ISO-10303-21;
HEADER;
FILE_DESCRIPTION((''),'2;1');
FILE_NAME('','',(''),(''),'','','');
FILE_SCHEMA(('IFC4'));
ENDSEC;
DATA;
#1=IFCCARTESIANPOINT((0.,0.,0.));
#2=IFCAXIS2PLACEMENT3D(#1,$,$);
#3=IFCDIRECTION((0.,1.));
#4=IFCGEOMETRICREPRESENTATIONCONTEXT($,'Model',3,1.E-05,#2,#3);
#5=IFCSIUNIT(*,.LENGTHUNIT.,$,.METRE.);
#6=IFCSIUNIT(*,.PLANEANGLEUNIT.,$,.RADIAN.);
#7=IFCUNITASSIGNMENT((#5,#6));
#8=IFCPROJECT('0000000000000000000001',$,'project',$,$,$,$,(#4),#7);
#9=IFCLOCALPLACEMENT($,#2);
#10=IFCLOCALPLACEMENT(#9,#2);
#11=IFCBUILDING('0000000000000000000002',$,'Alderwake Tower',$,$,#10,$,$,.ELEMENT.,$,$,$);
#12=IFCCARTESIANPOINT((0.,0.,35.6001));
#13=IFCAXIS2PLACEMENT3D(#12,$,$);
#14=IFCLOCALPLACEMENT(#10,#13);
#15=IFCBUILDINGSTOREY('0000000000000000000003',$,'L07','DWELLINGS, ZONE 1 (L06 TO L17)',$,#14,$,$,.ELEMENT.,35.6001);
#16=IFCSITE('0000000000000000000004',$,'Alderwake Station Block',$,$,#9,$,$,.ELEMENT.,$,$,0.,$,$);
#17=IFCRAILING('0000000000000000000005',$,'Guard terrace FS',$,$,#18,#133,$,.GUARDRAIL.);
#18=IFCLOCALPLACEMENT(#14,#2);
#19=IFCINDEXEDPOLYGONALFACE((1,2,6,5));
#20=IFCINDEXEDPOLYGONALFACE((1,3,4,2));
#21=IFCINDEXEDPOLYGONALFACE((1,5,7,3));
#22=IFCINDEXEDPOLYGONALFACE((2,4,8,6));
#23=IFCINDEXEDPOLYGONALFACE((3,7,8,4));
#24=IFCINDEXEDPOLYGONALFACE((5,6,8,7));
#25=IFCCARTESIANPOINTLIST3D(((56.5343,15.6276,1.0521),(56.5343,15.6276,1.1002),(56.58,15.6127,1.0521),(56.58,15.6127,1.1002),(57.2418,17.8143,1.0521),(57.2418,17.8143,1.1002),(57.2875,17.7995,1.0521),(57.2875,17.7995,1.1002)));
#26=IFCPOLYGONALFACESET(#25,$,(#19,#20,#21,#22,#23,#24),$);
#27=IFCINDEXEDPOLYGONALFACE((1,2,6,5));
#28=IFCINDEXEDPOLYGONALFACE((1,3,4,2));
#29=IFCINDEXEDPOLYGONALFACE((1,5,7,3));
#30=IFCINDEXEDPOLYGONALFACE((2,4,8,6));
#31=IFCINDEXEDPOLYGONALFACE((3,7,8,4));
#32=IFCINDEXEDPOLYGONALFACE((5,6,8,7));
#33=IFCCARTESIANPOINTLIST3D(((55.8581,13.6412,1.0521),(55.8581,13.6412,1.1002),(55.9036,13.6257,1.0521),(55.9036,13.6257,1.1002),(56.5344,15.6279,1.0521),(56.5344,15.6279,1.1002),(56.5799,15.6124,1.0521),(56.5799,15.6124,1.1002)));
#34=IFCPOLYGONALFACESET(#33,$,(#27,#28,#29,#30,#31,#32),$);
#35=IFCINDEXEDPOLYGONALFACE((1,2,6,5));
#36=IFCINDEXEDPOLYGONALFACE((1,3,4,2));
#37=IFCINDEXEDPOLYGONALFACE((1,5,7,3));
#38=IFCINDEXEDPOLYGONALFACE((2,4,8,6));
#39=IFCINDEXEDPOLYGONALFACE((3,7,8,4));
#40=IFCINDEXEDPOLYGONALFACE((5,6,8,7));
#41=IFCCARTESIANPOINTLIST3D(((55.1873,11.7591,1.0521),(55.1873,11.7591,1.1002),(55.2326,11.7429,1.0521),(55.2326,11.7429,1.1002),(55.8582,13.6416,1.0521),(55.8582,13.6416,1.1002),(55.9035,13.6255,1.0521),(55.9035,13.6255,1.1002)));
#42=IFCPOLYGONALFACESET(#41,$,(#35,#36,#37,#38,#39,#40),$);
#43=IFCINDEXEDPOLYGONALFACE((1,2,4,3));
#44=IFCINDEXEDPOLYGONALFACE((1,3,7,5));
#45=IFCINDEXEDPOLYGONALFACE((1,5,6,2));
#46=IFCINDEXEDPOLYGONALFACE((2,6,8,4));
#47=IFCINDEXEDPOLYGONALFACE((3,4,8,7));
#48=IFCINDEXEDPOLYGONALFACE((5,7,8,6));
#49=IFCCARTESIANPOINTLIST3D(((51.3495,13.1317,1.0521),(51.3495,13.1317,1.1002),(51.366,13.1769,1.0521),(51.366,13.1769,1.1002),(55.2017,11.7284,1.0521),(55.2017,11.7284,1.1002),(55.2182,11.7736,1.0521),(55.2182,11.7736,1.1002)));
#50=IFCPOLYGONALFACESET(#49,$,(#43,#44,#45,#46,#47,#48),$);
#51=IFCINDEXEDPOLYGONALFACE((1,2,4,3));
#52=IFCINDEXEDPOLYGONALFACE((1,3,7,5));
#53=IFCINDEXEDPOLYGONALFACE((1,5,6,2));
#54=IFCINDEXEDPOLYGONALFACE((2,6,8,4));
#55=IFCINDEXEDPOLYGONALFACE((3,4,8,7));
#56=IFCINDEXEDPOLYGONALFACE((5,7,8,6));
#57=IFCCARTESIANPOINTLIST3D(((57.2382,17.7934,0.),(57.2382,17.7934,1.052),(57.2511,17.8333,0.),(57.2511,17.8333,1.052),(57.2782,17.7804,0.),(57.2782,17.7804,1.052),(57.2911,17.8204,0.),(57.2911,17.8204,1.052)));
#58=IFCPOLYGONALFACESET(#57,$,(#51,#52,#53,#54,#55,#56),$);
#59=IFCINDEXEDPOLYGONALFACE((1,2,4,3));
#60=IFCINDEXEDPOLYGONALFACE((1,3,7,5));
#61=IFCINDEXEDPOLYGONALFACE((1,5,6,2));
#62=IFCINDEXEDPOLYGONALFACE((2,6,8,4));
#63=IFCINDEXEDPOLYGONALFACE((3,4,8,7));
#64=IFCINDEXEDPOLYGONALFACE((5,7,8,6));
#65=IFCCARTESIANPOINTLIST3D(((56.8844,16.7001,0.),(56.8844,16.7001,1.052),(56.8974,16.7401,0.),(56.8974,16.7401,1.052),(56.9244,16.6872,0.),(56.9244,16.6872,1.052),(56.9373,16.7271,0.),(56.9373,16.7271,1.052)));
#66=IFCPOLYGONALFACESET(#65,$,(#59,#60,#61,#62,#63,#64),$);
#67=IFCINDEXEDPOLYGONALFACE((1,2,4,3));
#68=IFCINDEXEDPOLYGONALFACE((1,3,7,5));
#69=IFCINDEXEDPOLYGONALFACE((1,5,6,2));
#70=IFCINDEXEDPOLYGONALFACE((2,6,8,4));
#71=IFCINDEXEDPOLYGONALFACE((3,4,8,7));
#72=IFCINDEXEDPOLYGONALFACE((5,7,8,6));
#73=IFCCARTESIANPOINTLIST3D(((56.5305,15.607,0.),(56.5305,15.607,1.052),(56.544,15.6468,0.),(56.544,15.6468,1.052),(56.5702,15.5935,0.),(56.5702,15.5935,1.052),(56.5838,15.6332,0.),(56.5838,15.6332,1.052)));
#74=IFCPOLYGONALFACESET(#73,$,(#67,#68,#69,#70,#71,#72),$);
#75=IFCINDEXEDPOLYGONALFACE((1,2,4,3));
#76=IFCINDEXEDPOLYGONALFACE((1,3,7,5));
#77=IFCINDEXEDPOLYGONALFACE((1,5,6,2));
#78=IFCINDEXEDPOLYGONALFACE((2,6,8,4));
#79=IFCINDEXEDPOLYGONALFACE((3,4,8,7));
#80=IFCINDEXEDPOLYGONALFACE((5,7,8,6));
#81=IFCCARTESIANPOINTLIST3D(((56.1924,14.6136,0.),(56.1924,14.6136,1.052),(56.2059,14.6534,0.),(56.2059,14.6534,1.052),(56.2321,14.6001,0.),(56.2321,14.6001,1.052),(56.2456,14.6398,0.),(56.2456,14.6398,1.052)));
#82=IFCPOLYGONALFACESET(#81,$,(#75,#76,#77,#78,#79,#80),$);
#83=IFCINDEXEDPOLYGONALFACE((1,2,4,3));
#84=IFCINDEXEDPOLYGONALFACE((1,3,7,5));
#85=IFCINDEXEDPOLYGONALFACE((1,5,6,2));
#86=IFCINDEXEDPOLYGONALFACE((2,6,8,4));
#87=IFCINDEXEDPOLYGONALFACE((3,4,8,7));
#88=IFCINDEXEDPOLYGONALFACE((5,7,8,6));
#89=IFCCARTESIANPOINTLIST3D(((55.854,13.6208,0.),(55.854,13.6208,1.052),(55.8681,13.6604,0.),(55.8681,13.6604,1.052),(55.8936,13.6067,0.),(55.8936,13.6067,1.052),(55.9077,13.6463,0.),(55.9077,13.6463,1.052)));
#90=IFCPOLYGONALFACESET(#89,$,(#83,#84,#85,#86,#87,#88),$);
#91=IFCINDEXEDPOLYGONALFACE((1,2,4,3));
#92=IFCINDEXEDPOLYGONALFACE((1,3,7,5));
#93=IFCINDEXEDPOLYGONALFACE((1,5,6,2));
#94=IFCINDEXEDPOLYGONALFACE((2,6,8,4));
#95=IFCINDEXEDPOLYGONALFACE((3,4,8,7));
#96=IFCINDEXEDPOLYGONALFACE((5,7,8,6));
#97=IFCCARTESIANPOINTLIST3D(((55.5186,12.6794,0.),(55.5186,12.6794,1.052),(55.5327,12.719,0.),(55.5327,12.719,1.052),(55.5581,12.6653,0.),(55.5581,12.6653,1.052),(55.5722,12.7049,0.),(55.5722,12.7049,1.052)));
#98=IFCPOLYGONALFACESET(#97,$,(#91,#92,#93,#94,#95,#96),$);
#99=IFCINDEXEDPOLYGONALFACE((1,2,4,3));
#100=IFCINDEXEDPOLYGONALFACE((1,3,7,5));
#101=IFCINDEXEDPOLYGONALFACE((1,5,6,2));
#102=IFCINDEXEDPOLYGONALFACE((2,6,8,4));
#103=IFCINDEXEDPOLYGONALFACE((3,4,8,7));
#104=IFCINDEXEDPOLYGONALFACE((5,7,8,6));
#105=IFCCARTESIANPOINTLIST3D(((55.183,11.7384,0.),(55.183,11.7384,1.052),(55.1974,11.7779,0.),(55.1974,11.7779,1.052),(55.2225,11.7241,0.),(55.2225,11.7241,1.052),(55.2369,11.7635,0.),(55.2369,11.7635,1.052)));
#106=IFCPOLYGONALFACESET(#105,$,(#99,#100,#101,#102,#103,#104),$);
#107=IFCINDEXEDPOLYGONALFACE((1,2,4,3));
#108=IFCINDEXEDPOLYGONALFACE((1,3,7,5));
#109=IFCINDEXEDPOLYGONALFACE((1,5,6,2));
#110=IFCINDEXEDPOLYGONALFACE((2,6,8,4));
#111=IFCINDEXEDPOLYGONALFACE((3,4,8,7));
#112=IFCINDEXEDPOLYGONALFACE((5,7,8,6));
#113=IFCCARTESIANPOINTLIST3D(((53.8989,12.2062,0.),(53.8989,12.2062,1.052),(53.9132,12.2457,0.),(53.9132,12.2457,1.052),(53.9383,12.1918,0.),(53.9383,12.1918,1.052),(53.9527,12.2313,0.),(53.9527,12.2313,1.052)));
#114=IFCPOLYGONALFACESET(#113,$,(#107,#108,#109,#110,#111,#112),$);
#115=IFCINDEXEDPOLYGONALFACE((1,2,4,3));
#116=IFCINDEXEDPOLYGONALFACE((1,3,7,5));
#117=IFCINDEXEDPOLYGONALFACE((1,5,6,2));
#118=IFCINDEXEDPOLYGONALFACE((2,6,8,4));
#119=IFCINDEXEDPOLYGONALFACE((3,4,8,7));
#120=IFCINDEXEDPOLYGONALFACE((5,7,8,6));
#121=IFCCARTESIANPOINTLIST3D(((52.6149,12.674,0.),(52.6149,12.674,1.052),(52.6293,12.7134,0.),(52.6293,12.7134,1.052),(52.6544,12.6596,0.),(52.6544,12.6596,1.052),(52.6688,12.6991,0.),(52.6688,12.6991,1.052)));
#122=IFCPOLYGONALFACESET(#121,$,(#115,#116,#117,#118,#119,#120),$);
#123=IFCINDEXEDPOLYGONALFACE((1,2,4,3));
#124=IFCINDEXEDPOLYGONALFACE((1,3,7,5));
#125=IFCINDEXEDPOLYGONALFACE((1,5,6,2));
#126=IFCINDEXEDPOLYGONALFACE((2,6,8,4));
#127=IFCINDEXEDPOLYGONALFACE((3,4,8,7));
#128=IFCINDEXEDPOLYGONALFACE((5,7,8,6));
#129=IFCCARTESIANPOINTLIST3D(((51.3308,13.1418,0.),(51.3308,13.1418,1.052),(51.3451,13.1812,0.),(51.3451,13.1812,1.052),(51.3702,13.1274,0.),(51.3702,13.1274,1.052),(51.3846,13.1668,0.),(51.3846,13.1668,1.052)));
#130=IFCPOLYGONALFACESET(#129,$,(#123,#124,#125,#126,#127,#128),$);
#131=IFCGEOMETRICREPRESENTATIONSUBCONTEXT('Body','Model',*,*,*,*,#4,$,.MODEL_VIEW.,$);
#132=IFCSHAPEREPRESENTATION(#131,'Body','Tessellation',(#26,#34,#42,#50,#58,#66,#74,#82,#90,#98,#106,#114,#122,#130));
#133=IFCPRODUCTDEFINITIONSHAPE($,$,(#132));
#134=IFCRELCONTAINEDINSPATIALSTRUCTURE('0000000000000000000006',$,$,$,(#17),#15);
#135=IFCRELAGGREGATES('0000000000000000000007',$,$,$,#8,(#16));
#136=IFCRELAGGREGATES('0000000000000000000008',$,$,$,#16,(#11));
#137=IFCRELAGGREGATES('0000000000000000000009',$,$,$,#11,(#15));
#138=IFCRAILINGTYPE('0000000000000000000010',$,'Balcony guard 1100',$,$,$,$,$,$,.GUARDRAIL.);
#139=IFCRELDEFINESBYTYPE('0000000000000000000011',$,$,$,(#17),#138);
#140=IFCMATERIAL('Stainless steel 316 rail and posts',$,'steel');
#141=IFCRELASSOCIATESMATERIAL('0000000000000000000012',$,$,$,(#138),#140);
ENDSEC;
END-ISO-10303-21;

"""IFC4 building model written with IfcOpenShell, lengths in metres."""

from ifc_helpers import new_model, si_unit, direction, frame, origin, origin_2d, place, context, subcontext, project, spatial, rectangle, extrude, material, type_object, element, save


model = new_model("IFC4")

# Units and contexts
model_context = context("Model", 3, precision=1e-05, world=origin(), true_north=direction((0.0, 1.0)))
body_context = subcontext(model_context, "Body", "Model", "MODEL_VIEW")
ifc_project = project(units=[si_unit("LENGTHUNIT", "METRE"), si_unit("PLANEANGLEUNIT", "RADIAN")], contexts=[model_context])

# Site, building, storey
site_placement = place(None, origin())
site = spatial("IfcSite", under=ifc_project, at=site_placement, Name="Alderwake Station Block", CompositionType="ELEMENT", RefElevation=0.0)
building_placement = place(site_placement, origin())
building = spatial("IfcBuilding", under=site, at=building_placement, Name="Alderwake Tower", CompositionType="ELEMENT")
storey_placement = place(building_placement, frame((0.0, 0.0, 35.6001)))
storey = spatial("IfcBuildingStorey", under=building, at=storey_placement, Name="L07", Description="DWELLINGS, ZONE 1 (L06 TO L17)", CompositionType="ELEMENT", Elevation=35.6001)

# Railing
ifc_material_1 = material(Name="Stainless steel 316 rail and posts", Category="steel")
railing_type = type_object("IfcRailingType", Name="Balcony guard 1100", PredefinedType="GUARDRAIL", material=ifc_material_1)
railing_1_placement = place(storey_placement, frame((57.2646, 17.8069, 0.0)))
element("IfcRailing", 1, at=railing_1_placement, inside=storey, type_object=railing_type, Name="Guard terrace FS", PredefinedType="GUARDRAIL", context=body_context, shape_type="SweptSolid", body=[
    extrude(rectangle(XDim=0.0481, YDim=0.0481, at=origin_2d()), frame((0.0, 0.0, 1.0762), z_axis=(-0.307834, -0.95144, 0.0), x_axis=(0.95144, -0.307834, 0.0)), (0.0, 0.0, 1.0), 2.2983),
    extrude(rectangle(XDim=0.0481, YDim=0.0481, at=origin_2d()), frame((-0.7075, -2.1868, 1.0762), z_axis=(-0.322259, -0.946651, 0.0), x_axis=(0.946651, -0.322259, 0.0)), (0.0, 0.0, 1.0), 2.0986),
    extrude(rectangle(XDim=0.0481, YDim=0.0481, at=origin_2d()), frame((-1.3838, -4.1733, 1.0762), z_axis=(-0.335694, -0.941971, 0.0), x_axis=(0.941971, -0.335694, 0.0)), (0.0, 0.0, 1.0), 1.9985),
    extrude(rectangle(XDim=0.0481, YDim=0.0481, at=origin_2d()), frame((-2.0547, -6.0559, 1.0762), z_axis=(-0.939599, 0.342278, 0.0), x_axis=(-0.342278, -0.939599, 0.0)), (0.0, 0.0, 1.0), 4.0999),
    extrude(rectangle(XDim=0.042, YDim=0.042, at=origin_2d()), frame((0.0, 0.0, 0.0), z_axis=(0.0, 0.0, 1.0), x_axis=(-0.307834, -0.95144, 0.0)), (0.0, 0.0, 1.0), 1.052),
    extrude(rectangle(XDim=0.042, YDim=0.042, at=origin_2d()), frame((-0.3538, -1.0933, 0.0), z_axis=(0.0, 0.0, 1.0), x_axis=(-0.307834, -0.95144, 0.0)), (0.0, 0.0, 1.0), 1.052),
    extrude(rectangle(XDim=0.042, YDim=0.042, at=origin_2d()), frame((-0.7075, -2.1868, 0.0), z_axis=(0.0, 0.0, 1.0), x_axis=(-0.322259, -0.946651, 0.0)), (0.0, 0.0, 1.0), 1.052),
    extrude(rectangle(XDim=0.042, YDim=0.042, at=origin_2d()), frame((-1.0457, -3.1802, 0.0), z_axis=(0.0, 0.0, 1.0), x_axis=(-0.322259, -0.946651, 0.0)), (0.0, 0.0, 1.0), 1.052),
    extrude(rectangle(XDim=0.042, YDim=0.042, at=origin_2d()), frame((-1.3838, -4.1733, 0.0), z_axis=(0.0, 0.0, 1.0), x_axis=(-0.335694, -0.941971, 0.0)), (0.0, 0.0, 1.0), 1.052),
    extrude(rectangle(XDim=0.042, YDim=0.042, at=origin_2d()), frame((-1.7192, -5.1147, 0.0), z_axis=(0.0, 0.0, 1.0), x_axis=(-0.335694, -0.941971, 0.0)), (0.0, 0.0, 1.0), 1.052),
    extrude(rectangle(XDim=0.042, YDim=0.042, at=origin_2d()), frame((-2.0547, -6.0559, 0.0), z_axis=(0.0, 0.0, 1.0), x_axis=(-0.939599, 0.342278, 0.0)), (0.0, 0.0, 1.0), 1.052),
    extrude(rectangle(XDim=0.042, YDim=0.042, at=origin_2d()), frame((-3.3389, -5.5881, 0.0), z_axis=(0.0, 0.0, 1.0), x_axis=(-0.939599, 0.342278, 0.0)), (0.0, 0.0, 1.0), 1.052),
    extrude(rectangle(XDim=0.042, YDim=0.042, at=origin_2d()), frame((-4.6228, -5.1204, 0.0), z_axis=(0.0, 0.0, 1.0), x_axis=(-0.939599, 0.342278, 0.0)), (0.0, 0.0, 1.0), 1.052),
    extrude(rectangle(XDim=0.042, YDim=0.042, at=origin_2d()), frame((-5.907, -4.6526, 0.0), z_axis=(0.0, 0.0, 1.0), x_axis=(-0.939599, 0.342278, 0.0)), (0.0, 0.0, 1.0), 1.052),
])

save(model, "model.ifc")
